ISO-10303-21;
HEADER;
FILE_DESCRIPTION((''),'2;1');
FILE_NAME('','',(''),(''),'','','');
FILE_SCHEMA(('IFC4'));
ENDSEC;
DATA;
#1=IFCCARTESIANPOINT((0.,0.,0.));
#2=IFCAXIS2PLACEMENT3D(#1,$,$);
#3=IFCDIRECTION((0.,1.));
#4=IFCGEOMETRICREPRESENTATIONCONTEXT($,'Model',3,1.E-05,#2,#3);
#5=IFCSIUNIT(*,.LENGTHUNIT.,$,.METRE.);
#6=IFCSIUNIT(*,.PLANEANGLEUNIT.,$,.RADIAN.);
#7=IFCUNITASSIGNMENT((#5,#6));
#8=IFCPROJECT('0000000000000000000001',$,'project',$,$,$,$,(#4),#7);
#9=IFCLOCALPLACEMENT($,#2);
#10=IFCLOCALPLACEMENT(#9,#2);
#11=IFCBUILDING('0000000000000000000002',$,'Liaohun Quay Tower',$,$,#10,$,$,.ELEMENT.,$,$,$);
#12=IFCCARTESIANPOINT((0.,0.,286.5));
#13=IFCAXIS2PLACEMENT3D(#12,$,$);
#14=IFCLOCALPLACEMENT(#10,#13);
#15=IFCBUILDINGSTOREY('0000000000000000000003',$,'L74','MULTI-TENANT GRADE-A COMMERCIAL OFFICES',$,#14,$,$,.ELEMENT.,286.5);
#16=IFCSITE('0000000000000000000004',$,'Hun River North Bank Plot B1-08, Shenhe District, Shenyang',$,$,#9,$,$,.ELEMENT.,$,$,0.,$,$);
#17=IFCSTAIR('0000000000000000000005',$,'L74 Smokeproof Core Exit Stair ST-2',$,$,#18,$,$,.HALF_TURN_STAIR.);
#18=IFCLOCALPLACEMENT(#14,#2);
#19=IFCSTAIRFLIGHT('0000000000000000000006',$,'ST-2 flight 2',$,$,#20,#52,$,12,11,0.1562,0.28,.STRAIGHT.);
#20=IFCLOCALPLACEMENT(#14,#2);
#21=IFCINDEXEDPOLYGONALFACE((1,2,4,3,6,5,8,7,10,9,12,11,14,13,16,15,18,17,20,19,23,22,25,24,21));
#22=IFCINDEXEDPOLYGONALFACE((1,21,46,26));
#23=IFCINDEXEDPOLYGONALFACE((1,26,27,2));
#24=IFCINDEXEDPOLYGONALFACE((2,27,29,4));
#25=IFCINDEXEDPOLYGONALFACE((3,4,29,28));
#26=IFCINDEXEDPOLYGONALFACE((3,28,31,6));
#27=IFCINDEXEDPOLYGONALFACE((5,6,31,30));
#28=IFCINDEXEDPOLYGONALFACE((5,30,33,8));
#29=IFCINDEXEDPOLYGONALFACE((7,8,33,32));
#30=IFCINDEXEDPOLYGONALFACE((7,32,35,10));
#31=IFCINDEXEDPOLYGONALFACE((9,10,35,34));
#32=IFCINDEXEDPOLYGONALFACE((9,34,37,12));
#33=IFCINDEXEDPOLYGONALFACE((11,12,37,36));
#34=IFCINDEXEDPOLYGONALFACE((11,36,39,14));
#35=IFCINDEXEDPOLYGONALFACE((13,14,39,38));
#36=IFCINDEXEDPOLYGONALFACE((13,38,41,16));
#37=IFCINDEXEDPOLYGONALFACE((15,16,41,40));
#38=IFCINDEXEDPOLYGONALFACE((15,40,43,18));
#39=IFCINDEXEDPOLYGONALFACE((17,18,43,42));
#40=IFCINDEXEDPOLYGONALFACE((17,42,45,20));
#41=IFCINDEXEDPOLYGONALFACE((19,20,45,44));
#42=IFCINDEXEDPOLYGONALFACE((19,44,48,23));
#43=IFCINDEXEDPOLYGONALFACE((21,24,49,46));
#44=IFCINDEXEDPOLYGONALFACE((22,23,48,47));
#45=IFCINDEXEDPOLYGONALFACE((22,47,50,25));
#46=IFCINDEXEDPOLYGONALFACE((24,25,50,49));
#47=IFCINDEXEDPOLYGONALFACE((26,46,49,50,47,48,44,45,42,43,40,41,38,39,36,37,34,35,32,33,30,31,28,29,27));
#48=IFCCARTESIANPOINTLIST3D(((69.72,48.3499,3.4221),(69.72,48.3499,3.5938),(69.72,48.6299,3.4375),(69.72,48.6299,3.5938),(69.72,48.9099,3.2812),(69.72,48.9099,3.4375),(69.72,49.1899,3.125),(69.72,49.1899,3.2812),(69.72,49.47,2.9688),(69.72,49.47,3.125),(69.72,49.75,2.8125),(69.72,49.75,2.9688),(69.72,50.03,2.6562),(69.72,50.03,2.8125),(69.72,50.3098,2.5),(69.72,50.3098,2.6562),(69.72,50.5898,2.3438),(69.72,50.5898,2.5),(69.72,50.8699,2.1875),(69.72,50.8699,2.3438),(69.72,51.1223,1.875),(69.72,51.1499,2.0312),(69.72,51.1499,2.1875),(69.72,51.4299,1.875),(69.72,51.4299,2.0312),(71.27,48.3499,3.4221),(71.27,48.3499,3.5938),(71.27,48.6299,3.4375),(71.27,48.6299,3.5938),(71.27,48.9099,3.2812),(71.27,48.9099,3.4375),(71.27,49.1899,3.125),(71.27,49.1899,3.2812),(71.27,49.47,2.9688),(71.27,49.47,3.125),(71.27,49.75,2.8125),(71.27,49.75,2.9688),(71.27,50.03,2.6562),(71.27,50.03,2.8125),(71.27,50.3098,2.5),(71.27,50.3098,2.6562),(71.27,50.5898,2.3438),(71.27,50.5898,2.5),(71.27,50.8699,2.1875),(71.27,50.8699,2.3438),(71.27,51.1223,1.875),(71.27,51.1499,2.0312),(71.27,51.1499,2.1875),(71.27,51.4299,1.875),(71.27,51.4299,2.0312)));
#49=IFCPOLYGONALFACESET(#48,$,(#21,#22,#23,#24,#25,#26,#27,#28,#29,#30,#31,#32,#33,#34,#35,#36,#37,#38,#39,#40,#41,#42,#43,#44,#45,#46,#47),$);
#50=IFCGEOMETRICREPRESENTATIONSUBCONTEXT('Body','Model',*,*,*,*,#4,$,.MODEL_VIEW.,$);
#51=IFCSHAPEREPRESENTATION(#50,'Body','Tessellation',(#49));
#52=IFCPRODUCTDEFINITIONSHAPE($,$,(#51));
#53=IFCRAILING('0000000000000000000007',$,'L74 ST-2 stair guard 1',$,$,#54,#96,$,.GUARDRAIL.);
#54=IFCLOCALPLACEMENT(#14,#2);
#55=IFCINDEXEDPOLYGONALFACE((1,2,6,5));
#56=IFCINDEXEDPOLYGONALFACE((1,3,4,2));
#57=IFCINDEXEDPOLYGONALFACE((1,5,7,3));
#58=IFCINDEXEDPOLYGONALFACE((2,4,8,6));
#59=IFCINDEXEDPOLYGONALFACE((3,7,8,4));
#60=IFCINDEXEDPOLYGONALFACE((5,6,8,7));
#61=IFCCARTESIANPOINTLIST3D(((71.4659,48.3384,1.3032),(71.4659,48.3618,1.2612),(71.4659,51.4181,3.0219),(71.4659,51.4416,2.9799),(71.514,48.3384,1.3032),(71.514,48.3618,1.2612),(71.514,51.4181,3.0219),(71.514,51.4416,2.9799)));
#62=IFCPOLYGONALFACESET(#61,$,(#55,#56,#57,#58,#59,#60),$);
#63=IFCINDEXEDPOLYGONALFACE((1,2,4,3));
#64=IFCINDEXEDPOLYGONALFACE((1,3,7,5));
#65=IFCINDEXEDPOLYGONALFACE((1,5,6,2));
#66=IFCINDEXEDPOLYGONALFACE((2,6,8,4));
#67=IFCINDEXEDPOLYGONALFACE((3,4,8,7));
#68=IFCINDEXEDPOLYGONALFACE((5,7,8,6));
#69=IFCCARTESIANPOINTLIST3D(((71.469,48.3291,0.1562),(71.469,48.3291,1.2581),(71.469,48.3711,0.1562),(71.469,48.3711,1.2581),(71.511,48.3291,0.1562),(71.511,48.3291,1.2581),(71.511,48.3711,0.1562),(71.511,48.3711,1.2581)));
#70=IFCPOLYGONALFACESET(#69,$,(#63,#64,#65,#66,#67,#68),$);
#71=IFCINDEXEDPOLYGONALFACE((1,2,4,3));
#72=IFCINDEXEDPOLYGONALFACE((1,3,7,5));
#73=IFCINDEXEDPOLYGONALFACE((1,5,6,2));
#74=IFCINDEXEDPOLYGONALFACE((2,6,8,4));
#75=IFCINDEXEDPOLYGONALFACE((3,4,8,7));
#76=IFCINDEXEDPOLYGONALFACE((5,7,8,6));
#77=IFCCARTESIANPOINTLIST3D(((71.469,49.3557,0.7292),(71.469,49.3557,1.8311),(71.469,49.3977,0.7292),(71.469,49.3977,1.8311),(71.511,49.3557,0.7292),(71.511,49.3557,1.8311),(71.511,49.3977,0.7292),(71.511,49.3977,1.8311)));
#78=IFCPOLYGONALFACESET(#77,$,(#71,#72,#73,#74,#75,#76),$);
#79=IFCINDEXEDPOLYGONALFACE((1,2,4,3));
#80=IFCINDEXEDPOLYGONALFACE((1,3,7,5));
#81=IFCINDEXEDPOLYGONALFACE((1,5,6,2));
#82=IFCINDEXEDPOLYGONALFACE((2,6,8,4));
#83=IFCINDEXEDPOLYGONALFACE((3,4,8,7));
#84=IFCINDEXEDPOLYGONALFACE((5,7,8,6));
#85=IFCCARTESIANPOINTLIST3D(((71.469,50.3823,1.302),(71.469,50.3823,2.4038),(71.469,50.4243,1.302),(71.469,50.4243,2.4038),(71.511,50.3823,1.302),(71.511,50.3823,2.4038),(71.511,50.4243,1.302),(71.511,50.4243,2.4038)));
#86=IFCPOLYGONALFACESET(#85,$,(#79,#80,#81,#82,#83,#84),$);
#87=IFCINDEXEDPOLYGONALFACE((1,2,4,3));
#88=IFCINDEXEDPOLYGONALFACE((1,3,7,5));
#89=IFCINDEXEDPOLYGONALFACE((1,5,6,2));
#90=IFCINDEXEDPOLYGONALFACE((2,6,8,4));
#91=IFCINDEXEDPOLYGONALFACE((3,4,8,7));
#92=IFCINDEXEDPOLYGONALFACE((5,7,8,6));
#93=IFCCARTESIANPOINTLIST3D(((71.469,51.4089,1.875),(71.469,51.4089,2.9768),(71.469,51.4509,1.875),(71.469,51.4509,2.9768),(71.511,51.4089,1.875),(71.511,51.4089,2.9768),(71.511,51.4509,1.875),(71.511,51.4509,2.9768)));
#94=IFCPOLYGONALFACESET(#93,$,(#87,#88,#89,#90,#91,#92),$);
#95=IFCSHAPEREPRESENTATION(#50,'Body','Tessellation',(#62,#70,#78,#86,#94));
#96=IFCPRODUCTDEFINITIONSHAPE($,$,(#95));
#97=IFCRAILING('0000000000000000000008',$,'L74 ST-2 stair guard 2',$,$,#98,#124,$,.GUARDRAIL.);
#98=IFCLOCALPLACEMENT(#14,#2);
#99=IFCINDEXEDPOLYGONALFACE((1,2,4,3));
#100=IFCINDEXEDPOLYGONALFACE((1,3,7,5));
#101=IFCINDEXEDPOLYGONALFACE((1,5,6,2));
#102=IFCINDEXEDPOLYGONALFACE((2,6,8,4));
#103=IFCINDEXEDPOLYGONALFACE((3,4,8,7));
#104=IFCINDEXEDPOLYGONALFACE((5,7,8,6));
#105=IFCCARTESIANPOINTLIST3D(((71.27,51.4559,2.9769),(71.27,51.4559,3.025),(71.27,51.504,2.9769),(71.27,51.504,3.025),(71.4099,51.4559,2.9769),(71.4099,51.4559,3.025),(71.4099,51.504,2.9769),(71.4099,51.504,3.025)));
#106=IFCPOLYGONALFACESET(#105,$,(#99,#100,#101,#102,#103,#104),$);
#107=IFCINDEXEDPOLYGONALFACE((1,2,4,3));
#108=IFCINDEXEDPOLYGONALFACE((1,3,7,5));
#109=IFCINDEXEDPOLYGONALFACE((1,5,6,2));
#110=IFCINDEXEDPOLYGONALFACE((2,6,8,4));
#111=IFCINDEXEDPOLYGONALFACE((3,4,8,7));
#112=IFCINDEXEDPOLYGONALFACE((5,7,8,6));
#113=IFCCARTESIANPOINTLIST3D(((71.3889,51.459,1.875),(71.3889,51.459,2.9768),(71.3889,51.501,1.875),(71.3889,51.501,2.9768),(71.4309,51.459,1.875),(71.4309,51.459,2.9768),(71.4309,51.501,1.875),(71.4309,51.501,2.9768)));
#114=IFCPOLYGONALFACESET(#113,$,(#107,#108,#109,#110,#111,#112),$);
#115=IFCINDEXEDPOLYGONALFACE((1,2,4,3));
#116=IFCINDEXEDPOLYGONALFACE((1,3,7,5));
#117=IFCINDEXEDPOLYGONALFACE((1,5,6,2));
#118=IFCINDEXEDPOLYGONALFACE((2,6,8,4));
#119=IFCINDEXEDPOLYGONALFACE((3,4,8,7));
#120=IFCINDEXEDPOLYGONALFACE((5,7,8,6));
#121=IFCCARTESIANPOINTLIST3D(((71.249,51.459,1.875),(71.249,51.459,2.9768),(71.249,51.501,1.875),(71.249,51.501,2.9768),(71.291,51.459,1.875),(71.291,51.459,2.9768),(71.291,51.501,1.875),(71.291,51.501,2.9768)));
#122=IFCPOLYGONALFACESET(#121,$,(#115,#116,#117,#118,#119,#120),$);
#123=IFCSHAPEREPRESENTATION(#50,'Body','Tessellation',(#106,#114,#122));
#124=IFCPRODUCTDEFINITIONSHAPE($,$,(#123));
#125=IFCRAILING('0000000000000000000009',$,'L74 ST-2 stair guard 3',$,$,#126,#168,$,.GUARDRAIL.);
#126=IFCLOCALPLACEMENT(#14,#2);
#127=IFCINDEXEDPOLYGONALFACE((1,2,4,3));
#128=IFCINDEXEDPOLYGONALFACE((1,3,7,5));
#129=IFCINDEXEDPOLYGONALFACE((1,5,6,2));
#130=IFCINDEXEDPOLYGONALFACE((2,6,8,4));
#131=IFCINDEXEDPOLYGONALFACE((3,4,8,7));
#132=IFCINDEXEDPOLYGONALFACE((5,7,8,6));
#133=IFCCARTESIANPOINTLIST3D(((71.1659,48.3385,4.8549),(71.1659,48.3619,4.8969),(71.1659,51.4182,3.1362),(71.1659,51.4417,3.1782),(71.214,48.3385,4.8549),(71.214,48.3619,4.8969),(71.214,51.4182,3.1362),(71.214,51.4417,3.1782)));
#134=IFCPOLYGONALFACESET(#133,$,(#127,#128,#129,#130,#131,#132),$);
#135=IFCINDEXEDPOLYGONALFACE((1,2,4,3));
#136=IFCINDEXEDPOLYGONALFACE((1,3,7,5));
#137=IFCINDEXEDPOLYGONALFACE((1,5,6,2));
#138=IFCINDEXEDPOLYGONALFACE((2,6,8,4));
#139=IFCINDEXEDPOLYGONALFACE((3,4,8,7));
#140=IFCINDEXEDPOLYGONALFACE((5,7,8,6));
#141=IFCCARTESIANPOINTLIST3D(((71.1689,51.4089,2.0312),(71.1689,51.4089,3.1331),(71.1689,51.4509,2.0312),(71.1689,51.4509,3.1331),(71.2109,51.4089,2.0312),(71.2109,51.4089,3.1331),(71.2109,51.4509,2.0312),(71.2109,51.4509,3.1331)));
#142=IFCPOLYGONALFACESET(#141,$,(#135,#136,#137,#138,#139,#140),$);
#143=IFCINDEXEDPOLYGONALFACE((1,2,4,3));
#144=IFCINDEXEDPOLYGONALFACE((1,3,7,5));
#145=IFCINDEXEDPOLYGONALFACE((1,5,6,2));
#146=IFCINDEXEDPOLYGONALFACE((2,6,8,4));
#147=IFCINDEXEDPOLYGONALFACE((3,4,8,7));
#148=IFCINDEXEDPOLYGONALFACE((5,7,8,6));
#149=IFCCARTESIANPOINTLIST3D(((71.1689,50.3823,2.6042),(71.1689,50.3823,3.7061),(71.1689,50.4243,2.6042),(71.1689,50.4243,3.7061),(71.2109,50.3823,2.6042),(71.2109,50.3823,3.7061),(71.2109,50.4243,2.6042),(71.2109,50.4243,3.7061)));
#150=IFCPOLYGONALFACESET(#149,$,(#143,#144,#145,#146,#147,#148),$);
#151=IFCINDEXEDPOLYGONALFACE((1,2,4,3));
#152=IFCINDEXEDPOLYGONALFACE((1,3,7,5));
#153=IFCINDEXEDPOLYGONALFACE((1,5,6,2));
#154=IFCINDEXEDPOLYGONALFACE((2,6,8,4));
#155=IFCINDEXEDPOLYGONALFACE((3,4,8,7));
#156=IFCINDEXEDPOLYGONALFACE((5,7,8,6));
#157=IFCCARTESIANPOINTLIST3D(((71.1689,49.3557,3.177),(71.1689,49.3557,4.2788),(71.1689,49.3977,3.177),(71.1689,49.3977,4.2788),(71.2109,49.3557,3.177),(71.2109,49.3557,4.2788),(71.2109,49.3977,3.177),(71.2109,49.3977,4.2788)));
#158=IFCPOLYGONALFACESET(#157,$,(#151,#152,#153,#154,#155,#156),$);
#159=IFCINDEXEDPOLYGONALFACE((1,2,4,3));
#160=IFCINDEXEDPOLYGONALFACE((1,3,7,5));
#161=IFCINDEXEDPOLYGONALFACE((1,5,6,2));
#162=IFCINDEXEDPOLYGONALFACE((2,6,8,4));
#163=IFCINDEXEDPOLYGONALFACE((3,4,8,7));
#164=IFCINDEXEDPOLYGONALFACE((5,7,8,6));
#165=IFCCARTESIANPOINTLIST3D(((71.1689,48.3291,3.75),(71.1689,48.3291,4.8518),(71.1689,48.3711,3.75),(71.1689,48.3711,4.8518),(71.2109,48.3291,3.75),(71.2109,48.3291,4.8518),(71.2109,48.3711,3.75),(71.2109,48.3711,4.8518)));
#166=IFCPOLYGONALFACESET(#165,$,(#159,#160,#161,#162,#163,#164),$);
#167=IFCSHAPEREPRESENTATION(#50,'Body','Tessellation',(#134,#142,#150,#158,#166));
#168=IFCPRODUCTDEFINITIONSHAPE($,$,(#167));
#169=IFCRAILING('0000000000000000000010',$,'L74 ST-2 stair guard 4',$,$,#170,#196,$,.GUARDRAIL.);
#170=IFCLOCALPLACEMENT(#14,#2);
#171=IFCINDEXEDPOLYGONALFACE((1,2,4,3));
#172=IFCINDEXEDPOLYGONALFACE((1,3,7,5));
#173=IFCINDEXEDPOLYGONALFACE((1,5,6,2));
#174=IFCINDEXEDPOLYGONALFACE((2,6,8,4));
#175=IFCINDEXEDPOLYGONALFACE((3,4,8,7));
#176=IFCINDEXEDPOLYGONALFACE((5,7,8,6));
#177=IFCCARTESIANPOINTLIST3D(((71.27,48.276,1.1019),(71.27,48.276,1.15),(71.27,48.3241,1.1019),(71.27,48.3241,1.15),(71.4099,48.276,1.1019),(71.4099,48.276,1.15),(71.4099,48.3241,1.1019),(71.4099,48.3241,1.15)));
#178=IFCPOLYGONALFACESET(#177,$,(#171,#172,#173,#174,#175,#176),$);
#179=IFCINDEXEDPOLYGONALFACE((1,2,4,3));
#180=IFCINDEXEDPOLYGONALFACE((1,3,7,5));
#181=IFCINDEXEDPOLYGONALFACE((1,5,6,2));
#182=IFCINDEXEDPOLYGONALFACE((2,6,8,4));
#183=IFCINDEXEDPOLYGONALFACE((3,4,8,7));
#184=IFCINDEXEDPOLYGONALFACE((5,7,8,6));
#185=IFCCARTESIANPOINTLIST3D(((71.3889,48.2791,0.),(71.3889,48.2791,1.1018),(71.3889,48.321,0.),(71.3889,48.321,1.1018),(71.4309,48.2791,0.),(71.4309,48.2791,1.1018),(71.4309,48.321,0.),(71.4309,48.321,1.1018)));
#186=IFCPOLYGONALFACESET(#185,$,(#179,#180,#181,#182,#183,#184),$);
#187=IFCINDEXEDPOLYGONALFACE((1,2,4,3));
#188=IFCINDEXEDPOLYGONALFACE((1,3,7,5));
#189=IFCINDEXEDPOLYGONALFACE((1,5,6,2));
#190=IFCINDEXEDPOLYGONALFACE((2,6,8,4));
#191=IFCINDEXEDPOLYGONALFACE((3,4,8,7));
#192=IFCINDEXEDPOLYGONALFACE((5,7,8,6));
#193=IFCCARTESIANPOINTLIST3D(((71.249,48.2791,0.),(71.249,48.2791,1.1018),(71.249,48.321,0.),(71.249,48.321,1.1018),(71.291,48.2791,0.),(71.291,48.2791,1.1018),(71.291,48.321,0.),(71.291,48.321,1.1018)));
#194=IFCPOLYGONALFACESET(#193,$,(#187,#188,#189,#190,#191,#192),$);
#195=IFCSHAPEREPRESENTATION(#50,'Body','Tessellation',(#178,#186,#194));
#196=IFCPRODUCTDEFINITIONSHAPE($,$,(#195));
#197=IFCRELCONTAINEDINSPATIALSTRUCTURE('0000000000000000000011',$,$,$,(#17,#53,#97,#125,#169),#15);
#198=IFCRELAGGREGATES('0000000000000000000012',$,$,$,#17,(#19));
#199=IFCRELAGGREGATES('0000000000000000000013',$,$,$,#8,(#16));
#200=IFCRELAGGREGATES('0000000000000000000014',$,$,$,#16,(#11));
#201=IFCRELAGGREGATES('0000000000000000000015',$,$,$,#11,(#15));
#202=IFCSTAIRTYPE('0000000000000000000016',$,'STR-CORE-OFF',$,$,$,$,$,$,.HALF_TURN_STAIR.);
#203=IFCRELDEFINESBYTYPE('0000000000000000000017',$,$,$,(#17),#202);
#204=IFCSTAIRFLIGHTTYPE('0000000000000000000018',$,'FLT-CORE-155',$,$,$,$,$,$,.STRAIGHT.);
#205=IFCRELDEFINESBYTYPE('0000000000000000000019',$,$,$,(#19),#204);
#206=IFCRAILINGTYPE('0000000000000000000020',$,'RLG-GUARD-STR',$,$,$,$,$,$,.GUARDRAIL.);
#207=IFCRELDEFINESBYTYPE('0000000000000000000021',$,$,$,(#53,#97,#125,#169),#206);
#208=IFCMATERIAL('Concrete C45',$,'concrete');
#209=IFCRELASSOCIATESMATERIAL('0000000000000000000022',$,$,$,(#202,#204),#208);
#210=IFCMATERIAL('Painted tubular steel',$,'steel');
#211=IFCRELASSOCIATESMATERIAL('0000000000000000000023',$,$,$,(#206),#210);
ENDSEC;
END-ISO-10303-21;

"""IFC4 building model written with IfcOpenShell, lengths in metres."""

from ifc_helpers import new_model, si_unit, direction, frame, origin, origin_2d, place, context, subcontext, project, spatial, polyline, rectangle, outline, extrude, material, type_object, element, aggregate, save


model = new_model("IFC4")

# Units and contexts
model_context = context("Model", 3, precision=1e-05, world=origin(), true_north=direction((0.0, 1.0)))
body_context = subcontext(model_context, "Body", "Model", "MODEL_VIEW")
ifc_project = project(units=[si_unit("LENGTHUNIT", "METRE"), si_unit("PLANEANGLEUNIT", "RADIAN")], contexts=[model_context])

# Site, building, storey
site_placement = place(None, origin())
site = spatial("IfcSite", under=ifc_project, at=site_placement, Name="Hun River North Bank Plot B1-08, Shenhe District, Shenyang", CompositionType="ELEMENT", RefElevation=0.0)
building_placement = place(site_placement, origin())
building = spatial("IfcBuilding", under=site, at=building_placement, Name="Liaohun Quay Tower", CompositionType="ELEMENT")
storey_placement = place(building_placement, frame((0.0, 0.0, 286.5)))
storey = spatial("IfcBuildingStorey", under=building, at=storey_placement, Name="L74", Description="MULTI-TENANT GRADE-A COMMERCIAL OFFICES", CompositionType="ELEMENT", Elevation=286.5)

# Stair, stair flight
ifc_material_1 = material(Name="Concrete C45", Category="concrete")
stair_type = type_object("IfcStairType", Name="STR-CORE-OFF", PredefinedType="HALF_TURN_STAIR", material=ifc_material_1)
stair_placement = place(storey_placement, origin())
stair = element("IfcStair", 1, at=stair_placement, inside=storey, type_object=stair_type, Name="L74 Smokeproof Core Exit Stair ST-2", PredefinedType="HALF_TURN_STAIR")
stair_flight_type = type_object("IfcStairFlightType", Name="FLT-CORE-155", PredefinedType="STRAIGHT", material=ifc_material_1)
stair_flight_1_placement = place(storey_placement, frame((70.4951, 51.4299, 1.875), z_axis=(0.0, 0.0, 1.0), x_axis=(0.0, -1.0, 0.0)))
stair_flight_1 = element("IfcStairFlight", 2, at=stair_flight_1_placement, type_object=stair_flight_type, Name="ST-2 flight 2", NumberOfRisers=12, NumberOfTreads=11, PredefinedType="STRAIGHT", RiserHeight=0.1562, TreadLength=0.28, context=body_context, shape_type="SweptSolid", body=[
    extrude(outline(polyline([(0.0, 0.0), (0.0, 0.1562), (0.28, 0.1562), (0.28, 0.3125), (0.5601, 0.3125), (0.5601, 0.4688), (0.8401, 0.4688), (0.8401, 0.625), (1.1201, 0.625), (1.1201, 0.7812), (1.3999, 0.7812), (1.3999, 0.9375), (1.6799, 0.9375), (1.6799, 1.0938), (1.96, 1.0938), (1.96, 1.25), (2.24, 1.25), (2.24, 1.4062), (2.52, 1.4062), (2.52, 1.5625), (2.8, 1.5625), (2.8, 1.7188), (3.0801, 1.7188), (3.0801, 1.875), (3.0801, 1.5471), (0.3076, 0.0), (0.0, 0.0)])), frame((0.0, 0.7749, 0.0), z_axis=(0.0, -1.0, 0.0), x_axis=(1.0, 0.0, 0.0)), (0.0, 0.0, 1.0), 1.55),
])
aggregate(stair, [stair_flight_1])

# Railings
ifc_material_2 = material(Name="Painted tubular steel", Category="steel")
railing_type_1 = type_object("IfcRailingType", Name="RLG-GUARD-STR", PredefinedType="GUARDRAIL", material=ifc_material_2)
railing_1_placement = place(storey_placement, frame((71.49, 48.3501, 0.1562)))
element("IfcRailing", 3, at=railing_1_placement, inside=storey, type_object=railing_type_1, Name="L74 ST-2 stair guard 1", PredefinedType="GUARDRAIL", context=body_context, shape_type="SweptSolid", body=[
    extrude(rectangle(XDim=0.0481, YDim=0.0481, at=origin_2d()), frame((0.0, 0.0, 1.126), z_axis=(0.0, 0.873225, 0.487317), x_axis=(-1.0, 0.0, 0.0)), (0.0, 0.0, 1.0), 3.5269),
    extrude(rectangle(XDim=0.042, YDim=0.042, at=origin_2d()), origin(), (0.0, 0.0, 1.0), 1.1018),
    extrude(rectangle(XDim=0.042, YDim=0.042, at=origin_2d()), frame((0.0, 1.0266, 0.573)), (0.0, 0.0, 1.0), 1.1018),
    extrude(rectangle(XDim=0.042, YDim=0.042, at=origin_2d()), frame((0.0, 2.0532, 1.1458)), (0.0, 0.0, 1.0), 1.1018),
    extrude(rectangle(XDim=0.042, YDim=0.042, at=origin_2d()), frame((0.0, 3.0798, 1.7188)), (0.0, 0.0, 1.0), 1.1018),
])
railing_2_placement = place(storey_placement, frame((71.4099, 51.48, 1.875)))
element("IfcRailing", 4, at=railing_2_placement, inside=storey, type_object=railing_type_1, Name="L74 ST-2 stair guard 2", PredefinedType="GUARDRAIL", context=body_context, shape_type="SweptSolid", body=[
    extrude(rectangle(XDim=0.0481, YDim=0.0481, at=origin_2d()), frame((0.0, 0.0, 1.126), z_axis=(-1.0, 0.0, 0.0), x_axis=(0.0, -1.0, 0.0)), (0.0, 0.0, 1.0), 0.1399),
    extrude(rectangle(XDim=0.042, YDim=0.042, at=origin_2d()), origin(), (0.0, 0.0, 1.0), 1.1018),
    extrude(rectangle(XDim=0.042, YDim=0.042, at=origin_2d()), frame((-0.1399, 0.0, 0.0)), (0.0, 0.0, 1.0), 1.1018),
])
railing_3_placement = place(storey_placement, frame((71.1899, 51.4299, 2.0312)))
element("IfcRailing", 5, at=railing_3_placement, inside=storey, type_object=railing_type_1, Name="L74 ST-2 stair guard 3", PredefinedType="GUARDRAIL", context=body_context, shape_type="SweptSolid", body=[
    extrude(rectangle(XDim=0.0481, YDim=0.0481, at=origin_2d()), frame((0.0, 0.0, 1.126), z_axis=(0.0, -0.873225, 0.487317), x_axis=(1.0, 0.0, 0.0)), (0.0, 0.0, 1.0), 3.5269),
    extrude(rectangle(XDim=0.042, YDim=0.042, at=origin_2d()), origin(), (0.0, 0.0, 1.0), 1.1018),
    extrude(rectangle(XDim=0.042, YDim=0.042, at=origin_2d()), frame((0.0, -1.0266, 0.573)), (0.0, 0.0, 1.0), 1.1018),
    extrude(rectangle(XDim=0.042, YDim=0.042, at=origin_2d()), frame((0.0, -2.0532, 1.1458)), (0.0, 0.0, 1.0), 1.1018),
    extrude(rectangle(XDim=0.042, YDim=0.042, at=origin_2d()), frame((0.0, -3.0798, 1.7188)), (0.0, 0.0, 1.0), 1.1018),
])
railing_4_placement = place(storey_placement, frame((71.4099, 48.3, 0.0)))
element("IfcRailing", 6, at=railing_4_placement, inside=storey, type_object=railing_type_1, Name="L74 ST-2 stair guard 4", PredefinedType="GUARDRAIL", context=body_context, shape_type="SweptSolid", body=[
    extrude(rectangle(XDim=0.0481, YDim=0.0481, at=origin_2d()), frame((0.0, 0.0, 1.126), z_axis=(-1.0, 0.0, 0.0), x_axis=(0.0, -1.0, 0.0)), (0.0, 0.0, 1.0), 0.1399),
    extrude(rectangle(XDim=0.042, YDim=0.042, at=origin_2d()), origin(), (0.0, 0.0, 1.0), 1.1018),
    extrude(rectangle(XDim=0.042, YDim=0.042, at=origin_2d()), frame((-0.1399, 0.0, 0.0)), (0.0, 0.0, 1.0), 1.1018),
])

save(model, "model.ifc")
